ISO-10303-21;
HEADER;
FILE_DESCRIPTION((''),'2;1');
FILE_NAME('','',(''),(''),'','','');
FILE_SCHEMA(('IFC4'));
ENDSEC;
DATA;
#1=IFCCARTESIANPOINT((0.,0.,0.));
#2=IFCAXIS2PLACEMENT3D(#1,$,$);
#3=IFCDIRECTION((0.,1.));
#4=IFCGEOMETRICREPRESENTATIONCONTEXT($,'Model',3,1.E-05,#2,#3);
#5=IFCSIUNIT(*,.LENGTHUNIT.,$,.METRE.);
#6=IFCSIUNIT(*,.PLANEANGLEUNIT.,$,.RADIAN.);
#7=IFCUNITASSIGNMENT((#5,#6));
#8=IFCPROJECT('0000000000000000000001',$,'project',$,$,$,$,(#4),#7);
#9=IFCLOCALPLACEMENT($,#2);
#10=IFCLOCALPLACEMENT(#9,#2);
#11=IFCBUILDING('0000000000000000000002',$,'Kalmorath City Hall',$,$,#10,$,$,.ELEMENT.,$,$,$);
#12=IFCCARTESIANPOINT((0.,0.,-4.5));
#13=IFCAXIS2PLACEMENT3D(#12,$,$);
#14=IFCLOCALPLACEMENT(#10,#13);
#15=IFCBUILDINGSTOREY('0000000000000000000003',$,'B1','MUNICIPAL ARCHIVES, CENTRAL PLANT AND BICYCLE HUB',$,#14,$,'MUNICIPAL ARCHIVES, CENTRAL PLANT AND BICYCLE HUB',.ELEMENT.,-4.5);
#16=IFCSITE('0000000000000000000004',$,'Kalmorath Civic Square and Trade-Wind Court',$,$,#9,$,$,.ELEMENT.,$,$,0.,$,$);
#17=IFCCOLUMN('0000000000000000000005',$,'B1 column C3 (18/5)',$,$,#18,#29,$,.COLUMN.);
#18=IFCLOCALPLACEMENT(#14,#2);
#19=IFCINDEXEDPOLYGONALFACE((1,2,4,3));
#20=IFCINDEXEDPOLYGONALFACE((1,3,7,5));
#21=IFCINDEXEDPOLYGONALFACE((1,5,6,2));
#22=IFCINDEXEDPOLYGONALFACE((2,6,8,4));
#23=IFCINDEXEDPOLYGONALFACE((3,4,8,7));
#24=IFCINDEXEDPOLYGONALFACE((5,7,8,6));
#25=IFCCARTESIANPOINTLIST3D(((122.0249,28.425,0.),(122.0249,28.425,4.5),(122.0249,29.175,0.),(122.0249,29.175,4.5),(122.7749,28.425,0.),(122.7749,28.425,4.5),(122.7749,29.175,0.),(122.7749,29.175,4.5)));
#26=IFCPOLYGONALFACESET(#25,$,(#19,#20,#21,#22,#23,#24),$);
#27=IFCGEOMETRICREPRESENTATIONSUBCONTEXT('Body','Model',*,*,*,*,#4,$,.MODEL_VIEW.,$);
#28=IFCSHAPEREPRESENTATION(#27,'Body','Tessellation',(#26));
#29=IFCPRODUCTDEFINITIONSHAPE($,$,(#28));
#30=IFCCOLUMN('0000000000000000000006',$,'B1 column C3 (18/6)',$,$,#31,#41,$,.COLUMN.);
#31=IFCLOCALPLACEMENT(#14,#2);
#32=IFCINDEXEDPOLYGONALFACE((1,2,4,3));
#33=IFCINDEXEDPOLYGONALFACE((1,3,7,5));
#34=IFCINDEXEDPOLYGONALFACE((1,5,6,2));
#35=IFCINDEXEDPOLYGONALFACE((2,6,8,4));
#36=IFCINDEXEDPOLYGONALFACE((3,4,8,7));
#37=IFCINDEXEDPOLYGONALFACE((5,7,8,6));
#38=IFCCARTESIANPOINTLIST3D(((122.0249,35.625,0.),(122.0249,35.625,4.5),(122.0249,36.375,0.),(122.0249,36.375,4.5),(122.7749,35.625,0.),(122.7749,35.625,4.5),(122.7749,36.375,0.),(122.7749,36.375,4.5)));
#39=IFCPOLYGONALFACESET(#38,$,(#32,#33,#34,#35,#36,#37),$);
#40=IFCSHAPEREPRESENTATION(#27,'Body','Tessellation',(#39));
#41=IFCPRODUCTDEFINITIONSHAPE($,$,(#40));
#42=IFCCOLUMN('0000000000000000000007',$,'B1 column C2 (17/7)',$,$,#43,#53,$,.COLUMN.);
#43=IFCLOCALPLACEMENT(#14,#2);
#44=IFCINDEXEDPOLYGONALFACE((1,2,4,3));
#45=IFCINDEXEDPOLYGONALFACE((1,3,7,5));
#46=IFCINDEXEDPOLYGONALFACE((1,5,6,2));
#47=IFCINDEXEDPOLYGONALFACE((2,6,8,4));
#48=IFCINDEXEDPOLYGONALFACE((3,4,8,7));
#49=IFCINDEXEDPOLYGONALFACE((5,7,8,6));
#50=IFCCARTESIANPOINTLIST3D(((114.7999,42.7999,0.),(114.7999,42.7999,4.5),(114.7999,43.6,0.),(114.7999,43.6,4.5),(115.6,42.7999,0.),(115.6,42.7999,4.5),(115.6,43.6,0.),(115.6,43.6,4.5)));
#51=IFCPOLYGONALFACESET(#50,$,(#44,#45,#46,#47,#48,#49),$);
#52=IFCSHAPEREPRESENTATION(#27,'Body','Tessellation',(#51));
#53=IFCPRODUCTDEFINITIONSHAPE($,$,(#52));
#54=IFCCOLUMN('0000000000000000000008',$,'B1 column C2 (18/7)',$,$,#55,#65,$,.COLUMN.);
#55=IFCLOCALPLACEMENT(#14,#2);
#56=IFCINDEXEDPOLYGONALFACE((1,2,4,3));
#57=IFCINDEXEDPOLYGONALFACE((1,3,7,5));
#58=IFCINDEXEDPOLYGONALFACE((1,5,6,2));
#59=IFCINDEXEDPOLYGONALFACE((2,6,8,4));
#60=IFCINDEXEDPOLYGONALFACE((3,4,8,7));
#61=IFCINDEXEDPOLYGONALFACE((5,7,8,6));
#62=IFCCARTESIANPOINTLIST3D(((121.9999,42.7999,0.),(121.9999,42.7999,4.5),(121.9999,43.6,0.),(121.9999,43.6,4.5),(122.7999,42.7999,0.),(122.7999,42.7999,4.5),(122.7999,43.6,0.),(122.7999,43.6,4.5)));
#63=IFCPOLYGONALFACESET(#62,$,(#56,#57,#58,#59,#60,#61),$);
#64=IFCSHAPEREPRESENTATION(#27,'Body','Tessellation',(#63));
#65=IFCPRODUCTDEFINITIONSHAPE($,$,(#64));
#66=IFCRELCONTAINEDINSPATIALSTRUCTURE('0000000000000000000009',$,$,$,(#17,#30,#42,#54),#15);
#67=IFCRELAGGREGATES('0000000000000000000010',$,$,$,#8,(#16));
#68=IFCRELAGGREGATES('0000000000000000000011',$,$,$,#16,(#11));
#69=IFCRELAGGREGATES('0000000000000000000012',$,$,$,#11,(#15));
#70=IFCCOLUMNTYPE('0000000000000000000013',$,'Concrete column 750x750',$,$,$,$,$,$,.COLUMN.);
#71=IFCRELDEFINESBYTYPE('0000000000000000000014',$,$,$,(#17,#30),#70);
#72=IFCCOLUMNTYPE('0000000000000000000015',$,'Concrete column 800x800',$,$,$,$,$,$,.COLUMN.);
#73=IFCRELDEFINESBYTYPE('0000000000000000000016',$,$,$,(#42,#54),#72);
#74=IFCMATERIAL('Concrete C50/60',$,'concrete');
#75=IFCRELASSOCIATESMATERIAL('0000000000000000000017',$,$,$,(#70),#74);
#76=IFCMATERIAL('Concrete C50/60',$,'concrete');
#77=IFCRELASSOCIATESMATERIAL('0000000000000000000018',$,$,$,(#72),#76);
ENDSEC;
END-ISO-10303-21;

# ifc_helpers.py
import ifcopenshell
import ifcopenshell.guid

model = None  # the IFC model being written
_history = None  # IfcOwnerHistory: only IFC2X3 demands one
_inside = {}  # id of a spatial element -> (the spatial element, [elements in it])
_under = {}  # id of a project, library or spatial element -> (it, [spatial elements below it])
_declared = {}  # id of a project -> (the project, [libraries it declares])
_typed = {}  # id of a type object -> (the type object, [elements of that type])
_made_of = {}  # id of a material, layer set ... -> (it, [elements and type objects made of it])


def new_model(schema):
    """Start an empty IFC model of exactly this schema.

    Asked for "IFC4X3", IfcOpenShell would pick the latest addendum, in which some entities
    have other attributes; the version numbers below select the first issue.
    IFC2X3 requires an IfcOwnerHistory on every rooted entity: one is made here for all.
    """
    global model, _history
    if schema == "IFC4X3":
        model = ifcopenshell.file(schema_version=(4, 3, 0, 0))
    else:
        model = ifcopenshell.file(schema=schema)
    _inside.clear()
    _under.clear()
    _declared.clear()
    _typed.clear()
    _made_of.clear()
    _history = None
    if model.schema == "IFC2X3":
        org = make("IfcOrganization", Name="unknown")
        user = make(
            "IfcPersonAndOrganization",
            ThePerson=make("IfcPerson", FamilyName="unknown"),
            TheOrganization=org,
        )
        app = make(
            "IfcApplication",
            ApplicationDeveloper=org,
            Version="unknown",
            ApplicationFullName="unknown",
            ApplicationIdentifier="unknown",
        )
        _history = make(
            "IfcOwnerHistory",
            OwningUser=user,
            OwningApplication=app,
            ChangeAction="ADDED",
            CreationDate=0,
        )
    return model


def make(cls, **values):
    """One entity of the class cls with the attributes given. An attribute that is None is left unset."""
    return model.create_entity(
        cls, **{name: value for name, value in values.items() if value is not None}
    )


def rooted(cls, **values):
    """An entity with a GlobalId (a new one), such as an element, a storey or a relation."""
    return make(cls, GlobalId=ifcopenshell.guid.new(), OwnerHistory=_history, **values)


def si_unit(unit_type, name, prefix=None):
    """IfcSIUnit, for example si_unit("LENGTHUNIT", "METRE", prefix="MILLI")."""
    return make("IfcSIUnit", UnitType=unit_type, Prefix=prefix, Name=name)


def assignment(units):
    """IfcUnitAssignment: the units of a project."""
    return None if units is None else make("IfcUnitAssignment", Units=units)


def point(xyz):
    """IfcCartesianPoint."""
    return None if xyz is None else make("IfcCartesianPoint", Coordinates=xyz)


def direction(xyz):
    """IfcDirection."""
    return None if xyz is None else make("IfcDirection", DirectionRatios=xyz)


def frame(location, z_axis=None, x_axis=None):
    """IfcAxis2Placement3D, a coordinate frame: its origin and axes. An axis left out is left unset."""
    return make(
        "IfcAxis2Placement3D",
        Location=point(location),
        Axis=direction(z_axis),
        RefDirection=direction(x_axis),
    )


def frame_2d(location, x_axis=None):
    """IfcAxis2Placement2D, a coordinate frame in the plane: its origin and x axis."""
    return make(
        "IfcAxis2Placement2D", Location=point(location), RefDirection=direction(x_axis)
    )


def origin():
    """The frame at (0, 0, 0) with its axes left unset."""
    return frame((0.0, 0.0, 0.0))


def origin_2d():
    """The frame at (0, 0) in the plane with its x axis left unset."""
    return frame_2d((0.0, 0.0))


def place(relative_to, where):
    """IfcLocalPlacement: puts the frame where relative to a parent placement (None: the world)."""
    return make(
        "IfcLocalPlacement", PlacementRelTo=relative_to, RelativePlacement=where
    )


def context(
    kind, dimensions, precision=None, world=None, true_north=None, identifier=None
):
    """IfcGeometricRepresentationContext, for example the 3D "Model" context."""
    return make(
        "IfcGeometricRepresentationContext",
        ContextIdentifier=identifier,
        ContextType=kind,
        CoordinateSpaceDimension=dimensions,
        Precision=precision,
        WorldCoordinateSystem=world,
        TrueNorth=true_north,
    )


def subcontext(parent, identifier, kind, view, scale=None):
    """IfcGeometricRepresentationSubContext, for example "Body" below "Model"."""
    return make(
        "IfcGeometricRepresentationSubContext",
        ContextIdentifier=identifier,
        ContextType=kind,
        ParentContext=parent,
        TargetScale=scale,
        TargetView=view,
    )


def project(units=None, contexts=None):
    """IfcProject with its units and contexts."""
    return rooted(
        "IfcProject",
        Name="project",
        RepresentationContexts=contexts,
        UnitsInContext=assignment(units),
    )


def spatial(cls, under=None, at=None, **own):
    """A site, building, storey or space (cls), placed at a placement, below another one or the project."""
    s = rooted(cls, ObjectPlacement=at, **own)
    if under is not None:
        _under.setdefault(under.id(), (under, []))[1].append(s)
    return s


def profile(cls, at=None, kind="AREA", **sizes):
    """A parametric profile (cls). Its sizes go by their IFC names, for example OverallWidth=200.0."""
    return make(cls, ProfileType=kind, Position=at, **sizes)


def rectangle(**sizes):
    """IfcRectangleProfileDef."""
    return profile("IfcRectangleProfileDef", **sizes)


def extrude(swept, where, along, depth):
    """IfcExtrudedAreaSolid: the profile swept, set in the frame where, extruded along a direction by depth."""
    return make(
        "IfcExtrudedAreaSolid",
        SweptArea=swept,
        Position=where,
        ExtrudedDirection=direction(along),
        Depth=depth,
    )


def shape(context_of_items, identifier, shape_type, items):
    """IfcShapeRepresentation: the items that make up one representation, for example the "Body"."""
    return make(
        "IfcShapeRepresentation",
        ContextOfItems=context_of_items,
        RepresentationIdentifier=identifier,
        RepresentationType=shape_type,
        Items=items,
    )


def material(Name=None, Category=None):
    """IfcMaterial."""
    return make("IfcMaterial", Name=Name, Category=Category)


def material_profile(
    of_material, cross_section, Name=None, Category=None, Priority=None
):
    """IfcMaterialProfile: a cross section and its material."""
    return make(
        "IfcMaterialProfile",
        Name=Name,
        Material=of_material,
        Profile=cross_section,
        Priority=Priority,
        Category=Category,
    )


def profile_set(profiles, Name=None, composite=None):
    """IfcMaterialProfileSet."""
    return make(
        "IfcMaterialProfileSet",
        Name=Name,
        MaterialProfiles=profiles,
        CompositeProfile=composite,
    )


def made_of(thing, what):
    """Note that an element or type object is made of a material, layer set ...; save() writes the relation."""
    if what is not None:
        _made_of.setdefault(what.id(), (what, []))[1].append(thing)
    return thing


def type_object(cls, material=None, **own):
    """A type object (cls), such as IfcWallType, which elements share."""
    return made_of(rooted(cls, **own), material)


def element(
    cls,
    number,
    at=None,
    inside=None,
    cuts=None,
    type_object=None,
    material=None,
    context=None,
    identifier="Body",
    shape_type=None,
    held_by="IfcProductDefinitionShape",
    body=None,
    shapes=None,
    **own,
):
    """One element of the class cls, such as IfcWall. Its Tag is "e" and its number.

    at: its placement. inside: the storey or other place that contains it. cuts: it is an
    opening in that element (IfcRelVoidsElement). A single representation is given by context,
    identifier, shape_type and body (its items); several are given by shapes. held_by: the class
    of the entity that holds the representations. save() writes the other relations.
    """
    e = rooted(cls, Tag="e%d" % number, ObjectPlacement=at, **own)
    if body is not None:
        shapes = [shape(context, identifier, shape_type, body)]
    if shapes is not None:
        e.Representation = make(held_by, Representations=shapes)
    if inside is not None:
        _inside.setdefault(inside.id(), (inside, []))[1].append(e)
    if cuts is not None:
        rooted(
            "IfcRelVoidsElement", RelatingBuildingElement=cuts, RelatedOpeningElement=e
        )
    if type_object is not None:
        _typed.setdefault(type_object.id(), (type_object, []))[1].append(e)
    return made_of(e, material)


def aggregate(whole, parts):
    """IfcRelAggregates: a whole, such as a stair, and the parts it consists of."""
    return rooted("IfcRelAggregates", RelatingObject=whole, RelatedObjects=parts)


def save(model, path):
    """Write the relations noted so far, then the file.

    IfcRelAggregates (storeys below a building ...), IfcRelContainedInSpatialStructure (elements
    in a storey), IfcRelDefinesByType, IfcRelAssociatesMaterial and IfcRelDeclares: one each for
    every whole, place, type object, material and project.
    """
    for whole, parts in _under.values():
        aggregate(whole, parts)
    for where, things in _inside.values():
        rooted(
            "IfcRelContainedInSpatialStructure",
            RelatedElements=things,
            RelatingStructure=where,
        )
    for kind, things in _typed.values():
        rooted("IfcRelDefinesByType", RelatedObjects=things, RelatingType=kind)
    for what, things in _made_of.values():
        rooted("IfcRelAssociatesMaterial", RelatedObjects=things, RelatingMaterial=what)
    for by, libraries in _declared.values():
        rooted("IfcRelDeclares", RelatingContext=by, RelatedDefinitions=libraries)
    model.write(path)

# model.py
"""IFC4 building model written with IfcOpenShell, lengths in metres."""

from ifc_helpers import new_model, si_unit, direction, frame, origin, origin_2d, place, context, subcontext, project, spatial, rectangle, extrude, material, material_profile, profile_set, type_object, element, save


model = new_model("IFC4")

# Units and contexts
model_context = context("Model", 3, precision=1e-05, world=origin(), true_north=direction((0.0, 1.0)))
body_context = subcontext(model_context, "Body", "Model", "MODEL_VIEW")
ifc_project = project(units=[si_unit("LENGTHUNIT", "METRE"), si_unit("PLANEANGLEUNIT", "RADIAN")], contexts=[model_context])

# Site, building, storey
site_placement = place(None, origin())
site = spatial("IfcSite", under=ifc_project, at=site_placement, Name="Kalmorath Civic Square and Trade-Wind Court", CompositionType="ELEMENT", RefElevation=0.0)
building_placement = place(site_placement, origin())
building = spatial("IfcBuilding", under=site, at=building_placement, Name="Kalmorath City Hall", CompositionType="ELEMENT")
storey_placement = place(building_placement, frame((0.0, 0.0, -4.5)))
storey = spatial("IfcBuildingStorey", under=building, at=storey_placement, Name="B1", Description="MUNICIPAL ARCHIVES, CENTRAL PLANT AND BICYCLE HUB", LongName="MUNICIPAL ARCHIVES, CENTRAL PLANT AND BICYCLE HUB", CompositionType="ELEMENT", Elevation=-4.5)

# Columns
ifc_material_1 = material(Name="Concrete C50/60", Category="concrete")
ifc_material_profile_1 = material_profile(ifc_material_1, rectangle(XDim=0.75, YDim=0.75, at=origin_2d()), Name="RC-COL-750X750")
ifc_profile_set_1 = profile_set([ifc_material_profile_1], Name="Concrete C50/60")
column_type_1 = type_object("IfcColumnType", Name="Concrete column 750x750", PredefinedType="COLUMN", material=ifc_profile_set_1)
for number, where, z_axis, x_axis, name in (
    (1, (122.3999, 28.8, 0.0), (0.0, 0.0, 1.0), (1.0, 0.0, 0.0), "B1 column C3 (18/5)"),
    (2, (122.3999, 36.0, 0.0), (0.0, 0.0, 1.0), (1.0, 0.0, 0.0), "B1 column C3 (18/6)"),
):
    element("IfcColumn", number, at=place(storey_placement, frame(where, z_axis=z_axis, x_axis=x_axis)), inside=storey, type_object=column_type_1, Name=name, PredefinedType="COLUMN", context=body_context, shape_type="SweptSolid", body=[
        extrude(rectangle(XDim=0.75, YDim=0.75, at=origin_2d()), origin(), (0.0, 0.0, 1.0), 4.5),
    ])
ifc_material_2 = material(Name="Concrete C50/60", Category="concrete")
ifc_material_profile_2 = material_profile(ifc_material_2, rectangle(XDim=0.8, YDim=0.8, at=origin_2d()), Name="RC-COL-800X800")
ifc_profile_set_2 = profile_set([ifc_material_profile_2], Name="Concrete C50/60")
column_type_2 = type_object("IfcColumnType", Name="Concrete column 800x800", PredefinedType="COLUMN", material=ifc_profile_set_2)
for number, where, z_axis, x_axis, name in (
    (3, (115.2, 43.2, 0.0), (0.0, 0.0, 1.0), (1.0, 0.0, 0.0), "B1 column C2 (17/7)"),
    (4, (122.3999, 43.2, 0.0), (0.0, 0.0, 1.0), (1.0, 0.0, 0.0), "B1 column C2 (18/7)"),
):
    element("IfcColumn", number, at=place(storey_placement, frame(where, z_axis=z_axis, x_axis=x_axis)), inside=storey, type_object=column_type_2, Name=name, PredefinedType="COLUMN", context=body_context, shape_type="SweptSolid", body=[
        extrude(rectangle(XDim=0.8, YDim=0.8, at=origin_2d()), origin(), (0.0, 0.0, 1.0), 4.5),
    ])

save(model, "model.ifc")
